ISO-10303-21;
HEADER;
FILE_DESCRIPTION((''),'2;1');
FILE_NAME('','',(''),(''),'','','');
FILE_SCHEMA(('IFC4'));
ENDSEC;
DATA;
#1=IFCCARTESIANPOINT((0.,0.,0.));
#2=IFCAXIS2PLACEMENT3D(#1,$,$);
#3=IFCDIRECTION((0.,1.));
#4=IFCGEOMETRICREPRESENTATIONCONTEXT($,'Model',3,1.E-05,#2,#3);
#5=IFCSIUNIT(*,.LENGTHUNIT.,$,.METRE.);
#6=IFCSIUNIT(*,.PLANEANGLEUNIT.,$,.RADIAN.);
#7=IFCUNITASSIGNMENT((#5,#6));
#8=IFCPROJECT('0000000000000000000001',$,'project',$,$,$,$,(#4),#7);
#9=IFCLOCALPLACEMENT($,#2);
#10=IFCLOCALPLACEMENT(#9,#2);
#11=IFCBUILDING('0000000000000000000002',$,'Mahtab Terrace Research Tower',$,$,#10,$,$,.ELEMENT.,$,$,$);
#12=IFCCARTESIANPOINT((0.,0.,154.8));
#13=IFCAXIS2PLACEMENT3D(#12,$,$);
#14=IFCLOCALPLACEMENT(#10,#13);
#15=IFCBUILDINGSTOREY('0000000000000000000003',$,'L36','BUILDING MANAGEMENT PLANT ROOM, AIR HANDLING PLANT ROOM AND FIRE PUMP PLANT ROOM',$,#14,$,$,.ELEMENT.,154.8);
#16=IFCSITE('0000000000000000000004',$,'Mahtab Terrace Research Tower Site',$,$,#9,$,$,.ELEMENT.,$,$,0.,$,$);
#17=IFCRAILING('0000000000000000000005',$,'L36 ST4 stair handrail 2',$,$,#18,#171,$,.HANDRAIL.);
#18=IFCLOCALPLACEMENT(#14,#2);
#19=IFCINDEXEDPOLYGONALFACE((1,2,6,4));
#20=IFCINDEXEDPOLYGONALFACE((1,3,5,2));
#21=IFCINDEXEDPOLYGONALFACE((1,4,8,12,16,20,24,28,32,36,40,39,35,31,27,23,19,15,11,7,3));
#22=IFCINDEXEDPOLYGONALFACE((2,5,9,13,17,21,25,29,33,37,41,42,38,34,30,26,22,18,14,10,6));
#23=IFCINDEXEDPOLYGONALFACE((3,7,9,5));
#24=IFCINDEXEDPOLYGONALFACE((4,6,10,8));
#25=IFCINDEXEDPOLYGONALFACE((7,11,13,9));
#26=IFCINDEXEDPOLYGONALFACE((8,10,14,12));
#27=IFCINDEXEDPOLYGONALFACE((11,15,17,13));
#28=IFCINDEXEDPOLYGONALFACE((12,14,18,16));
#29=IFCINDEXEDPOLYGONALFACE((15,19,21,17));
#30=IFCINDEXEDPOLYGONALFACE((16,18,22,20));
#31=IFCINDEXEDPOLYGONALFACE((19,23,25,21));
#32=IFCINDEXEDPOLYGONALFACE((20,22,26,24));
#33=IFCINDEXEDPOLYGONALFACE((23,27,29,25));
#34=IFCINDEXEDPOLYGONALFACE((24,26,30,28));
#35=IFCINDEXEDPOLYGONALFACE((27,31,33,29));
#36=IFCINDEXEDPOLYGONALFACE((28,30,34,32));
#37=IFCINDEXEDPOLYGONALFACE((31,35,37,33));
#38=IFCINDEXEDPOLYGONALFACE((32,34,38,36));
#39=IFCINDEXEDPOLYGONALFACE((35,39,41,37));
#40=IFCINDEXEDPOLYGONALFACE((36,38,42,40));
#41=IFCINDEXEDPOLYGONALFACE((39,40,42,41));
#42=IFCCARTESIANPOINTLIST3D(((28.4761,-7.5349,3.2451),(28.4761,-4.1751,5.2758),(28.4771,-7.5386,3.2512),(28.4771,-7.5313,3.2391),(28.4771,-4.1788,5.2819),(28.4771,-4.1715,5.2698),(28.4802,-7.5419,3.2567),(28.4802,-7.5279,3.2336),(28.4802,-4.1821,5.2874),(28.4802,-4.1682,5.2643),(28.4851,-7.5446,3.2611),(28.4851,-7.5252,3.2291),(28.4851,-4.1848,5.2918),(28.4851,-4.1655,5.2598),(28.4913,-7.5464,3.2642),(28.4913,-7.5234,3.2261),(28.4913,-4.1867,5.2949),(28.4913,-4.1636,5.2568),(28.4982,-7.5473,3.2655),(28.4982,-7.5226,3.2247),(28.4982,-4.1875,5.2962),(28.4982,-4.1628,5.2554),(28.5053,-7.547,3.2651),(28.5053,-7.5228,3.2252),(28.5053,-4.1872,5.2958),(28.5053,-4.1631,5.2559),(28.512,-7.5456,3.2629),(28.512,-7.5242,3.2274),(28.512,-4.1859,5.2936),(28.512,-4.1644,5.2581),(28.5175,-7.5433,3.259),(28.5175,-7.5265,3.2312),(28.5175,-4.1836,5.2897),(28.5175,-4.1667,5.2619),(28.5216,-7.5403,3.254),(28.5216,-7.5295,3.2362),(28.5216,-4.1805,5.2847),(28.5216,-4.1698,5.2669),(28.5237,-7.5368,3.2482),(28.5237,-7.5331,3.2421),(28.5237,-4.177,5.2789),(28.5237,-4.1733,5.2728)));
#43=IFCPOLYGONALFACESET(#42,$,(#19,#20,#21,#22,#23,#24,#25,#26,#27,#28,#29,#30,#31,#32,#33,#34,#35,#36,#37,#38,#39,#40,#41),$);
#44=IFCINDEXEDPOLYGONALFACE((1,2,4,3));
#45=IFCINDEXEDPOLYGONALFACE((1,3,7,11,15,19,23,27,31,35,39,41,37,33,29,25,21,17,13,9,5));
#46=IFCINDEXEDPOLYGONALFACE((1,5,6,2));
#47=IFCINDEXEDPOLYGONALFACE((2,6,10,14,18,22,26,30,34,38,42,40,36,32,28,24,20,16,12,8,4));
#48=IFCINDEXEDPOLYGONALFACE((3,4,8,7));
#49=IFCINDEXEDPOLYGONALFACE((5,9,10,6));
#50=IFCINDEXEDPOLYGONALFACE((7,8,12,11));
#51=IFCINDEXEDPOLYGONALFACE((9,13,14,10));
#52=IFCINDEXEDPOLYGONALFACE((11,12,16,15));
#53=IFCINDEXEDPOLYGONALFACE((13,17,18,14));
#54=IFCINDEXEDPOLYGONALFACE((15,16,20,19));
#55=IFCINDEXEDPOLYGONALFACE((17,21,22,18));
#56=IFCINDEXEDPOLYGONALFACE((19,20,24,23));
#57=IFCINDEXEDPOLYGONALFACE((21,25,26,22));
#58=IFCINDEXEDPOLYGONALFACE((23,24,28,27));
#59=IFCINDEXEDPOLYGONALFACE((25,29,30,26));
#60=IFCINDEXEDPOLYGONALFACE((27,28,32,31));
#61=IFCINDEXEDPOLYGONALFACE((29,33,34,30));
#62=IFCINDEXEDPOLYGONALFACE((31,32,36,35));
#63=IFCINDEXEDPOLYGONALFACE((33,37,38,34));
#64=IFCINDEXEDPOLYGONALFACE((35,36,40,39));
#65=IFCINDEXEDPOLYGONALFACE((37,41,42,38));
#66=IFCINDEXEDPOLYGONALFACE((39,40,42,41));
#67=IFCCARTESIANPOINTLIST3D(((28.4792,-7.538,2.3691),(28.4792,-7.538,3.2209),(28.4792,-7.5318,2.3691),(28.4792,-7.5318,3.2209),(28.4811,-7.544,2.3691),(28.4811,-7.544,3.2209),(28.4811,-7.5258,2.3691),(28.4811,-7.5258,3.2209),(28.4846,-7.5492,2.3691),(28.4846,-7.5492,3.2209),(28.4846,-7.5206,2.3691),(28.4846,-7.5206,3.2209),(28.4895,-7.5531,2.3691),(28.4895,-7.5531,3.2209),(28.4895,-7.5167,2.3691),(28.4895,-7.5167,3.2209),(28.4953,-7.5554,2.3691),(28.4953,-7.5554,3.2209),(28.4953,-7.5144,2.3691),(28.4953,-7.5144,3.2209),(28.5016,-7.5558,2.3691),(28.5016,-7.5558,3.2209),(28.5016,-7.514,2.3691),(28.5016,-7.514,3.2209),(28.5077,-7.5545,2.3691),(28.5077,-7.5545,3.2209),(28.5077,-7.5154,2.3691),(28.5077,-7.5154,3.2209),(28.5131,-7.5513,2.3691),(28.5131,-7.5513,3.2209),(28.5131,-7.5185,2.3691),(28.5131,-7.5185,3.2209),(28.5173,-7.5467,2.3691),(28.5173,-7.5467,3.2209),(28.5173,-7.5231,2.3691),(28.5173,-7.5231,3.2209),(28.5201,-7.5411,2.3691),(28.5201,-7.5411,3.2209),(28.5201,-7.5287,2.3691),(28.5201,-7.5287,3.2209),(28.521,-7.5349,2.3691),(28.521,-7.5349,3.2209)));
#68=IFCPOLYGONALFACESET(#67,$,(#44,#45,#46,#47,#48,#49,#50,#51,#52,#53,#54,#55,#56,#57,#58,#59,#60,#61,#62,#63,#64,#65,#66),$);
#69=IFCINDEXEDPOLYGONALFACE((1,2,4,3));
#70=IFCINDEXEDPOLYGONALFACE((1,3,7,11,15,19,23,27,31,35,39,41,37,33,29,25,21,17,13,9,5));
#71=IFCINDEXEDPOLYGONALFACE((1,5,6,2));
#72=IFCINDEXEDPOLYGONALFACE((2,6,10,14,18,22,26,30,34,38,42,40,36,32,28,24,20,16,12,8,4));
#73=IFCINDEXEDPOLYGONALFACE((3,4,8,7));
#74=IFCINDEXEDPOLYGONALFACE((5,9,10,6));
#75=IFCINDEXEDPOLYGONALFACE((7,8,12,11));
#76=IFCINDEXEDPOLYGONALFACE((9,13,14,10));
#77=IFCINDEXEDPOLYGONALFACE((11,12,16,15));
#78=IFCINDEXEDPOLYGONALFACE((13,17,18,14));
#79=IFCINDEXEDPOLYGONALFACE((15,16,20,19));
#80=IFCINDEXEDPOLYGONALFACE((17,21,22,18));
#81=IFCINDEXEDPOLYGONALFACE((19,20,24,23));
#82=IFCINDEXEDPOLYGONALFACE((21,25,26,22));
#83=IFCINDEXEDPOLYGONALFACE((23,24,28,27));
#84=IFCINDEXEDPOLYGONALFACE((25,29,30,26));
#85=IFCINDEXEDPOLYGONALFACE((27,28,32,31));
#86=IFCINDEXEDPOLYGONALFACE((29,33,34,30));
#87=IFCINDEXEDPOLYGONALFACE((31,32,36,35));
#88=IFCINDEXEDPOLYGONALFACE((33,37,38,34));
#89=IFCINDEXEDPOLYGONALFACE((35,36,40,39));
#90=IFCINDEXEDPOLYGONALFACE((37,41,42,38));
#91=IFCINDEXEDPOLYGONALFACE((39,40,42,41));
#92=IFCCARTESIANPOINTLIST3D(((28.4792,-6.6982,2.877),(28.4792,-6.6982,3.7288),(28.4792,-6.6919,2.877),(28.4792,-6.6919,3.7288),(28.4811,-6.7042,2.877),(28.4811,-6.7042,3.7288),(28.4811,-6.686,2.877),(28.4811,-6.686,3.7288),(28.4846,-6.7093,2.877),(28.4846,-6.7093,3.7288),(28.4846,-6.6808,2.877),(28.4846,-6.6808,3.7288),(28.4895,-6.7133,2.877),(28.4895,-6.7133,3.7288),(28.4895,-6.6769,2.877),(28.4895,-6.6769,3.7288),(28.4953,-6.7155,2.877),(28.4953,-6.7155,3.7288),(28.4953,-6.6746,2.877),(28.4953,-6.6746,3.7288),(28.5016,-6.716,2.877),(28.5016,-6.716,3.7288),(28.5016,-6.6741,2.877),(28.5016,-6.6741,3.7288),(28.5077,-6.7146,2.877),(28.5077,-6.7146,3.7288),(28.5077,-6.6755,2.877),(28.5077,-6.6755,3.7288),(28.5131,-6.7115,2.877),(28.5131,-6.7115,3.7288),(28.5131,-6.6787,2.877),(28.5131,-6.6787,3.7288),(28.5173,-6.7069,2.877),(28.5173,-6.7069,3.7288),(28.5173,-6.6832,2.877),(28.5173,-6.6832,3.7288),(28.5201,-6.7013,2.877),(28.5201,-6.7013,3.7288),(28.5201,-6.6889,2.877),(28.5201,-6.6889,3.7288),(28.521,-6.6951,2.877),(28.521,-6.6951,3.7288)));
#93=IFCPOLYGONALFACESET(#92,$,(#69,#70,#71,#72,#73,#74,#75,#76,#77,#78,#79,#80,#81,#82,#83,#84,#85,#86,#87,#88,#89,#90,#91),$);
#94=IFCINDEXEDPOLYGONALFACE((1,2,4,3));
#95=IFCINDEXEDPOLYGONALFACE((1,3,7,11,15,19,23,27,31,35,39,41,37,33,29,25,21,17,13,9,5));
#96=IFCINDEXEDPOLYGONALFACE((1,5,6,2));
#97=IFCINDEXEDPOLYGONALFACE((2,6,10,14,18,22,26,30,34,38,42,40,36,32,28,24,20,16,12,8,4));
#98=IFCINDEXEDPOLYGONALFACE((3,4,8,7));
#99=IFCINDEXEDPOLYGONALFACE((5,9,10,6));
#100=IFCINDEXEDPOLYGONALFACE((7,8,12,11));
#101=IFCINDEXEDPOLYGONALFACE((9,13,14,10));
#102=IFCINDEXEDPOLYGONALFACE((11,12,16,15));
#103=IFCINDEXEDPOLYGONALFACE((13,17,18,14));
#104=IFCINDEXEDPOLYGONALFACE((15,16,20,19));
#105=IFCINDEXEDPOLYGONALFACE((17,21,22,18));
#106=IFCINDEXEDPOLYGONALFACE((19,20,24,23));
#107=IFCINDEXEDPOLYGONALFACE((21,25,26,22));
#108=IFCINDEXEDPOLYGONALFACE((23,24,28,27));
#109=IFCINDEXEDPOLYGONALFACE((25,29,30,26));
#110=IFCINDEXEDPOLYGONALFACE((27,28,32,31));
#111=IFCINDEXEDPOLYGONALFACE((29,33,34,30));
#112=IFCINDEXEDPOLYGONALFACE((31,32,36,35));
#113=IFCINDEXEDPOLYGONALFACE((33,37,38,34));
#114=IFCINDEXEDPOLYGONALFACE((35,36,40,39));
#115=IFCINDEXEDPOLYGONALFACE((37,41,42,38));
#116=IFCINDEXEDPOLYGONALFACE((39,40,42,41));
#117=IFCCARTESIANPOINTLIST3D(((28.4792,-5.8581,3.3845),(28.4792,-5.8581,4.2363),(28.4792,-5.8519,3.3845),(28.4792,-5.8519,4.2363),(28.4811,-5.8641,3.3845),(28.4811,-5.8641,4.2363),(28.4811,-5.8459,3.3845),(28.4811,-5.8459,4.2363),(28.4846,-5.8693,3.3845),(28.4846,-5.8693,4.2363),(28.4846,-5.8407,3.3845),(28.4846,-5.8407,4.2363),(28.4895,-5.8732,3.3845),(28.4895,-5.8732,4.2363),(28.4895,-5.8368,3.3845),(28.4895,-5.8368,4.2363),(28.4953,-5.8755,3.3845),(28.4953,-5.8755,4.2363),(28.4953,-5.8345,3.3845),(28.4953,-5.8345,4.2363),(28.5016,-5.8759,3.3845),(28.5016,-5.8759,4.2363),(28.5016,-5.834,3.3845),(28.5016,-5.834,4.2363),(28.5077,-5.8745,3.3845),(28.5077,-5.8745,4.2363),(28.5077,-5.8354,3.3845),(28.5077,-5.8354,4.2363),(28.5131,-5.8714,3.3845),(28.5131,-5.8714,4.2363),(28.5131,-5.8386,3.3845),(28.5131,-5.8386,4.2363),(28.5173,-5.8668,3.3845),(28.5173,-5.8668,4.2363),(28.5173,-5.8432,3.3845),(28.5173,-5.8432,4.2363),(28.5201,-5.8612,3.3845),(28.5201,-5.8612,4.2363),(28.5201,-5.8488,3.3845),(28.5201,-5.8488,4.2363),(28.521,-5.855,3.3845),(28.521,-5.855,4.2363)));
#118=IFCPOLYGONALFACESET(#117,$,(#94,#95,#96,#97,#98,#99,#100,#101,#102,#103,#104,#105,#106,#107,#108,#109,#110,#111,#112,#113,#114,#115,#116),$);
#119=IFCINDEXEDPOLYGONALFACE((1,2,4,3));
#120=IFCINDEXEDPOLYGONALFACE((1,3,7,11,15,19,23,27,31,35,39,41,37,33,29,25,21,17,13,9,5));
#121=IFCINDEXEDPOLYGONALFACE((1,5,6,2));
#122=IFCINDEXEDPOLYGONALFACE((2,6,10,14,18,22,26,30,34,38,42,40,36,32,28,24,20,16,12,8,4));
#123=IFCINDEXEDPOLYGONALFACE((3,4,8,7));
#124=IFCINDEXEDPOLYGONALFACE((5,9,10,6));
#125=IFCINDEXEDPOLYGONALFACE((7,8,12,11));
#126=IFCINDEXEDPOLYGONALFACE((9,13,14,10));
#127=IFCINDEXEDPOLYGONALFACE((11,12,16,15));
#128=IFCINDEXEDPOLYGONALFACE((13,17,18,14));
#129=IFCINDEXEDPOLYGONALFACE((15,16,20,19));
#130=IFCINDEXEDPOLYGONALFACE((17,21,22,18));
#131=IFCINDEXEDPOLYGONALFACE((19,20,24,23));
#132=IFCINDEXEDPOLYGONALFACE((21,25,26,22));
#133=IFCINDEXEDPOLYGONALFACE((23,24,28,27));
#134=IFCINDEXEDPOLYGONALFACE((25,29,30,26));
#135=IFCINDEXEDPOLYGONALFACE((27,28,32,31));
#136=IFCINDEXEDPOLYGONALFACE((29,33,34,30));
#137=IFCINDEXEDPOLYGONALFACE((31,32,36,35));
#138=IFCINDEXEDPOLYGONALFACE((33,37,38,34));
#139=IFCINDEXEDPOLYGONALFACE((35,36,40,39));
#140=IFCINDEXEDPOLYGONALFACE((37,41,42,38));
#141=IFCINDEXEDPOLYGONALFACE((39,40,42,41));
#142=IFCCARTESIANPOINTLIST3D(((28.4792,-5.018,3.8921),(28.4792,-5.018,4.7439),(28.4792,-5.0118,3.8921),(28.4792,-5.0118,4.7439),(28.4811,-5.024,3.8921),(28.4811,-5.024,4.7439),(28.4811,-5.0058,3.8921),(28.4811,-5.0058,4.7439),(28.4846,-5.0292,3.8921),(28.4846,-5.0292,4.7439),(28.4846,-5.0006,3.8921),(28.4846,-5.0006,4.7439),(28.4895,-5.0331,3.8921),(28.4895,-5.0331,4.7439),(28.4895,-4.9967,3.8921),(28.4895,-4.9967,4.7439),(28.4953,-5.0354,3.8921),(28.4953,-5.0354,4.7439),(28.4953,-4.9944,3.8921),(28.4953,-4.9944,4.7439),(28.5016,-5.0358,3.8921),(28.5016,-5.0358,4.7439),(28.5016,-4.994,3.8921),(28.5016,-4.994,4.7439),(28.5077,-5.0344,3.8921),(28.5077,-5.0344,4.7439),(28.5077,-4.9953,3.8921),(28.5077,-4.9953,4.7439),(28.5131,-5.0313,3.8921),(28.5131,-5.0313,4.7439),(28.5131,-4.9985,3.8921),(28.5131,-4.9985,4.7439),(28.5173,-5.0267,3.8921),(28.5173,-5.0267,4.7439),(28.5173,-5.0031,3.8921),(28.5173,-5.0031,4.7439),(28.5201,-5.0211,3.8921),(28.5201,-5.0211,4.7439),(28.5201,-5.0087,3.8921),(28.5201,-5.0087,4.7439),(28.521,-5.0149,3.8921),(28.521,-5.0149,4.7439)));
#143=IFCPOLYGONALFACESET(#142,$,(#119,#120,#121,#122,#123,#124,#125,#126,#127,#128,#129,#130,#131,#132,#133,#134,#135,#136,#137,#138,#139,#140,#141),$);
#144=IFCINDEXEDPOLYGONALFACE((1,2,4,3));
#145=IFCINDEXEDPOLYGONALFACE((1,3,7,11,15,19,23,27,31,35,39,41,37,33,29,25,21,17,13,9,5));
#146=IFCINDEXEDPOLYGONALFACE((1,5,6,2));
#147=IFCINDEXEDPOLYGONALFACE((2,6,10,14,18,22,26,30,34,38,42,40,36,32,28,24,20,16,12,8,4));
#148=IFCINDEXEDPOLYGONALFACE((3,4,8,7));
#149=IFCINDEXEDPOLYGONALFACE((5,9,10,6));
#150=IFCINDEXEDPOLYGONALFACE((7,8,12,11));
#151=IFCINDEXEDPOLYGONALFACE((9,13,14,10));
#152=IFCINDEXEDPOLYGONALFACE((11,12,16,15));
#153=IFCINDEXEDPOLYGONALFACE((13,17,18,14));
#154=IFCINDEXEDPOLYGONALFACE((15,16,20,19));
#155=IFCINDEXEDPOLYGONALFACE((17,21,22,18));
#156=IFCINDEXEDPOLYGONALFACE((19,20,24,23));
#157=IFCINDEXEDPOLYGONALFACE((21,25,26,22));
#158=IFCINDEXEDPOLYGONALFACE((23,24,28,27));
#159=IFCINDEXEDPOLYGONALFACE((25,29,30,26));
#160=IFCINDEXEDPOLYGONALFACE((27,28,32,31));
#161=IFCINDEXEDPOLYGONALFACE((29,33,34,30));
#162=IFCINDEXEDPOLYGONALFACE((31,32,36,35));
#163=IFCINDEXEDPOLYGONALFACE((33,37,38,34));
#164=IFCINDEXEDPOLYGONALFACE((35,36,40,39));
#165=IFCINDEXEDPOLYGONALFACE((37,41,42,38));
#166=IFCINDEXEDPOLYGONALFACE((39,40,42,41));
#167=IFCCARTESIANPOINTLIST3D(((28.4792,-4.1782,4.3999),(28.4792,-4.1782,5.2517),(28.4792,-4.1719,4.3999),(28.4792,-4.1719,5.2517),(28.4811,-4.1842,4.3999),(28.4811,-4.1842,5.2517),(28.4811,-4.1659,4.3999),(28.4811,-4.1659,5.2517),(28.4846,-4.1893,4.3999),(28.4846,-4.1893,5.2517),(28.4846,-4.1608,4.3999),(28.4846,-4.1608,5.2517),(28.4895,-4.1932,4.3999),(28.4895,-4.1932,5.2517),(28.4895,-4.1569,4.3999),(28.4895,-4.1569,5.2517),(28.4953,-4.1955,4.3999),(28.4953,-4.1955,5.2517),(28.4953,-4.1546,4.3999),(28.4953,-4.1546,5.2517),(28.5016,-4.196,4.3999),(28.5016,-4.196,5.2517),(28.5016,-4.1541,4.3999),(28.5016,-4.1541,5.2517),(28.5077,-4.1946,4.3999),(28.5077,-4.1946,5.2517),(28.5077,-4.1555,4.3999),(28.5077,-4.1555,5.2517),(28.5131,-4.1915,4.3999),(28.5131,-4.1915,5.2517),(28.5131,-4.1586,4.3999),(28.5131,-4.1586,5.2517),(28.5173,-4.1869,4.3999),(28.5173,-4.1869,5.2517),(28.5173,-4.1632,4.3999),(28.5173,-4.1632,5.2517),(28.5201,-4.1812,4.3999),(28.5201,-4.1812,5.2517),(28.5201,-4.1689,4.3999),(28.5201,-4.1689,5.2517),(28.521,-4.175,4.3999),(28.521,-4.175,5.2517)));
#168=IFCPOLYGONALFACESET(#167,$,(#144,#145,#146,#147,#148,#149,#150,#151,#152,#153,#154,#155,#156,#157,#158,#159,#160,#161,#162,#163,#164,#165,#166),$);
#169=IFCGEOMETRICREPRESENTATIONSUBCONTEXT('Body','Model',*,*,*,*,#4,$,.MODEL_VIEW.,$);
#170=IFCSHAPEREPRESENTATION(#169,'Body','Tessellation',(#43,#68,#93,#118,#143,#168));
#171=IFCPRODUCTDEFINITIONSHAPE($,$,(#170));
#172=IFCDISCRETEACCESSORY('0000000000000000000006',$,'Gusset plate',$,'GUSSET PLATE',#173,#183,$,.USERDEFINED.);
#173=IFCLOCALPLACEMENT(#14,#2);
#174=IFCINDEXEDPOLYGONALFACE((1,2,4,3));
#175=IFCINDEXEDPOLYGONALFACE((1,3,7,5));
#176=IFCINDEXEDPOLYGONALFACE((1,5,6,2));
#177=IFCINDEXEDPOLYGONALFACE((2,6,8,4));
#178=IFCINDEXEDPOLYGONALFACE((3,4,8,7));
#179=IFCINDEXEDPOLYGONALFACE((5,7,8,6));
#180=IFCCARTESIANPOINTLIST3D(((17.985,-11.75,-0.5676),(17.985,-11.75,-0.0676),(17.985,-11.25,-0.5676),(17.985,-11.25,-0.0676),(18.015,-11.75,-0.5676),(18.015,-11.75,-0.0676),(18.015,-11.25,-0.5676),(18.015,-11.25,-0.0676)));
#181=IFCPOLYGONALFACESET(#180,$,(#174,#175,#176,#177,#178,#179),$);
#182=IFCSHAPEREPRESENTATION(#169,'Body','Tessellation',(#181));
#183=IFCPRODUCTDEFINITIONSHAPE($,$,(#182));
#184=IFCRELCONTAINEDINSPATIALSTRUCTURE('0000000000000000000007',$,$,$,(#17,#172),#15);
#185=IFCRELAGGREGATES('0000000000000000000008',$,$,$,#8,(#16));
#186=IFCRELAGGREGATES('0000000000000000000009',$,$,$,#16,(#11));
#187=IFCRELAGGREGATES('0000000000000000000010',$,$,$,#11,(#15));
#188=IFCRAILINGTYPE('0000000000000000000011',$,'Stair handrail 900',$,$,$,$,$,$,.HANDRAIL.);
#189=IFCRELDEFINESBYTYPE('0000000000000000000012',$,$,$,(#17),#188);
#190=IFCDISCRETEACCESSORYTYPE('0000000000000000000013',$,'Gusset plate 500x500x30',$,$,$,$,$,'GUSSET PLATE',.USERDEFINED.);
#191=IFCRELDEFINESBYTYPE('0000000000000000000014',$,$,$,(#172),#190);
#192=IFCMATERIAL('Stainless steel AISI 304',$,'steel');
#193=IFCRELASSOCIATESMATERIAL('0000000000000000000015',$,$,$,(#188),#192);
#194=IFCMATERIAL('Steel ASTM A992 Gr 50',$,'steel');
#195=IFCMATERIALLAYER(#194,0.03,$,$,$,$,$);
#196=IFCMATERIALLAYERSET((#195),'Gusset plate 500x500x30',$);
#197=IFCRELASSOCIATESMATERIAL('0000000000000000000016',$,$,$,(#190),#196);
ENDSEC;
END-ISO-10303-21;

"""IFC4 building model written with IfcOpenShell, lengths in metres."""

from ifc_helpers import new_model, si_unit, direction, frame, origin, origin_2d, place, context, subcontext, project, spatial, rectangle, circle, extrude, material, layer, layer_set, type_object, element, save


model = new_model("IFC4")

# Units and contexts
model_context = context("Model", 3, precision=1e-05, world=origin(), true_north=direction((0.0, 1.0)))
body_context = subcontext(model_context, "Body", "Model", "MODEL_VIEW")
ifc_project = project(units=[si_unit("LENGTHUNIT", "METRE"), si_unit("PLANEANGLEUNIT", "RADIAN")], contexts=[model_context])

# Site, building, storey
site_placement = place(None, origin())
site = spatial("IfcSite", under=ifc_project, at=site_placement, Name="Mahtab Terrace Research Tower Site", CompositionType="ELEMENT", RefElevation=0.0)
building_placement = place(site_placement, origin())
building = spatial("IfcBuilding", under=site, at=building_placement, Name="Mahtab Terrace Research Tower", CompositionType="ELEMENT")
storey_placement = place(building_placement, frame((0.0, 0.0, 154.8)))
storey = spatial("IfcBuildingStorey", under=building, at=storey_placement, Name="L36", Description="BUILDING MANAGEMENT PLANT ROOM, AIR HANDLING PLANT ROOM AND FIRE PUMP PLANT ROOM", CompositionType="ELEMENT", Elevation=154.8)

# Shared definitions
ifc_material_1 = material(Name="Steel ASTM A992 Gr 50", Category="steel")

# Shared definitions
ifc_material_2 = material(Name="Stainless steel AISI 304", Category="steel")

# Railing
railing_type_1 = type_object("IfcRailingType", Name="Stair handrail 900", PredefinedType="HANDRAIL", material=ifc_material_2)
railing_1_placement = place(storey_placement, frame((28.5, -7.5349, 2.3691)))
element("IfcRailing", 1, at=railing_1_placement, inside=storey, type_object=railing_type_1, Name="L36 ST4 stair handrail 2", PredefinedType="HANDRAIL", context=body_context, shape_type="SweptSolid", body=[
    extrude(circle(Radius=0.0239, at=origin_2d()), frame((0.0, 0.0, 0.876), z_axis=(0.0, 0.85582, 0.517273), x_axis=(-1.0, 0.0, 0.0)), (0.0, 0.0, 1.0), 3.9258),
    extrude(circle(Radius=0.021, at=origin_2d()), origin(), (0.0, 0.0, 1.0), 0.8518),
    extrude(circle(Radius=0.021, at=origin_2d()), frame((0.0, 0.8398, 0.5078)), (0.0, 0.0, 1.0), 0.8518),
    extrude(circle(Radius=0.021, at=origin_2d()), frame((0.0, 1.6799, 1.0154)), (0.0, 0.0, 1.0), 0.8518),
    extrude(circle(Radius=0.021, at=origin_2d()), frame((0.0, 2.52, 1.5229)), (0.0, 0.0, 1.0), 0.8518),
    extrude(circle(Radius=0.021, at=origin_2d()), frame((0.0, 3.3599, 2.0308)), (0.0, 0.0, 1.0), 0.8518),
])

# Discrete accessory
ifc_layer_1 = layer(ifc_material_1, 0.03)
ifc_layer_set_1 = layer_set([ifc_layer_1], Name="Gusset plate 500x500x30")
discrete_accessory_type = type_object("IfcDiscreteAccessoryType", Name="Gusset plate 500x500x30", ElementType="GUSSET PLATE", PredefinedType="USERDEFINED", material=ifc_layer_set_1)
discrete_accessory_placement = place(storey_placement, frame((18.0, -11.5, -0.5676), z_axis=(0.0, 0.0, 1.0), x_axis=(0.0, 1.0, 0.0)))
element("IfcDiscreteAccessory", 2, at=discrete_accessory_placement, inside=storey, type_object=discrete_accessory_type, Name="Gusset plate", ObjectType="GUSSET PLATE", PredefinedType="USERDEFINED", context=body_context, shape_type="SweptSolid", body=[
    extrude(rectangle(XDim=0.5, YDim=0.03, at=origin_2d()), origin(), (0.0, 0.0, 1.0), 0.5),
])

save(model, "model.ifc")
